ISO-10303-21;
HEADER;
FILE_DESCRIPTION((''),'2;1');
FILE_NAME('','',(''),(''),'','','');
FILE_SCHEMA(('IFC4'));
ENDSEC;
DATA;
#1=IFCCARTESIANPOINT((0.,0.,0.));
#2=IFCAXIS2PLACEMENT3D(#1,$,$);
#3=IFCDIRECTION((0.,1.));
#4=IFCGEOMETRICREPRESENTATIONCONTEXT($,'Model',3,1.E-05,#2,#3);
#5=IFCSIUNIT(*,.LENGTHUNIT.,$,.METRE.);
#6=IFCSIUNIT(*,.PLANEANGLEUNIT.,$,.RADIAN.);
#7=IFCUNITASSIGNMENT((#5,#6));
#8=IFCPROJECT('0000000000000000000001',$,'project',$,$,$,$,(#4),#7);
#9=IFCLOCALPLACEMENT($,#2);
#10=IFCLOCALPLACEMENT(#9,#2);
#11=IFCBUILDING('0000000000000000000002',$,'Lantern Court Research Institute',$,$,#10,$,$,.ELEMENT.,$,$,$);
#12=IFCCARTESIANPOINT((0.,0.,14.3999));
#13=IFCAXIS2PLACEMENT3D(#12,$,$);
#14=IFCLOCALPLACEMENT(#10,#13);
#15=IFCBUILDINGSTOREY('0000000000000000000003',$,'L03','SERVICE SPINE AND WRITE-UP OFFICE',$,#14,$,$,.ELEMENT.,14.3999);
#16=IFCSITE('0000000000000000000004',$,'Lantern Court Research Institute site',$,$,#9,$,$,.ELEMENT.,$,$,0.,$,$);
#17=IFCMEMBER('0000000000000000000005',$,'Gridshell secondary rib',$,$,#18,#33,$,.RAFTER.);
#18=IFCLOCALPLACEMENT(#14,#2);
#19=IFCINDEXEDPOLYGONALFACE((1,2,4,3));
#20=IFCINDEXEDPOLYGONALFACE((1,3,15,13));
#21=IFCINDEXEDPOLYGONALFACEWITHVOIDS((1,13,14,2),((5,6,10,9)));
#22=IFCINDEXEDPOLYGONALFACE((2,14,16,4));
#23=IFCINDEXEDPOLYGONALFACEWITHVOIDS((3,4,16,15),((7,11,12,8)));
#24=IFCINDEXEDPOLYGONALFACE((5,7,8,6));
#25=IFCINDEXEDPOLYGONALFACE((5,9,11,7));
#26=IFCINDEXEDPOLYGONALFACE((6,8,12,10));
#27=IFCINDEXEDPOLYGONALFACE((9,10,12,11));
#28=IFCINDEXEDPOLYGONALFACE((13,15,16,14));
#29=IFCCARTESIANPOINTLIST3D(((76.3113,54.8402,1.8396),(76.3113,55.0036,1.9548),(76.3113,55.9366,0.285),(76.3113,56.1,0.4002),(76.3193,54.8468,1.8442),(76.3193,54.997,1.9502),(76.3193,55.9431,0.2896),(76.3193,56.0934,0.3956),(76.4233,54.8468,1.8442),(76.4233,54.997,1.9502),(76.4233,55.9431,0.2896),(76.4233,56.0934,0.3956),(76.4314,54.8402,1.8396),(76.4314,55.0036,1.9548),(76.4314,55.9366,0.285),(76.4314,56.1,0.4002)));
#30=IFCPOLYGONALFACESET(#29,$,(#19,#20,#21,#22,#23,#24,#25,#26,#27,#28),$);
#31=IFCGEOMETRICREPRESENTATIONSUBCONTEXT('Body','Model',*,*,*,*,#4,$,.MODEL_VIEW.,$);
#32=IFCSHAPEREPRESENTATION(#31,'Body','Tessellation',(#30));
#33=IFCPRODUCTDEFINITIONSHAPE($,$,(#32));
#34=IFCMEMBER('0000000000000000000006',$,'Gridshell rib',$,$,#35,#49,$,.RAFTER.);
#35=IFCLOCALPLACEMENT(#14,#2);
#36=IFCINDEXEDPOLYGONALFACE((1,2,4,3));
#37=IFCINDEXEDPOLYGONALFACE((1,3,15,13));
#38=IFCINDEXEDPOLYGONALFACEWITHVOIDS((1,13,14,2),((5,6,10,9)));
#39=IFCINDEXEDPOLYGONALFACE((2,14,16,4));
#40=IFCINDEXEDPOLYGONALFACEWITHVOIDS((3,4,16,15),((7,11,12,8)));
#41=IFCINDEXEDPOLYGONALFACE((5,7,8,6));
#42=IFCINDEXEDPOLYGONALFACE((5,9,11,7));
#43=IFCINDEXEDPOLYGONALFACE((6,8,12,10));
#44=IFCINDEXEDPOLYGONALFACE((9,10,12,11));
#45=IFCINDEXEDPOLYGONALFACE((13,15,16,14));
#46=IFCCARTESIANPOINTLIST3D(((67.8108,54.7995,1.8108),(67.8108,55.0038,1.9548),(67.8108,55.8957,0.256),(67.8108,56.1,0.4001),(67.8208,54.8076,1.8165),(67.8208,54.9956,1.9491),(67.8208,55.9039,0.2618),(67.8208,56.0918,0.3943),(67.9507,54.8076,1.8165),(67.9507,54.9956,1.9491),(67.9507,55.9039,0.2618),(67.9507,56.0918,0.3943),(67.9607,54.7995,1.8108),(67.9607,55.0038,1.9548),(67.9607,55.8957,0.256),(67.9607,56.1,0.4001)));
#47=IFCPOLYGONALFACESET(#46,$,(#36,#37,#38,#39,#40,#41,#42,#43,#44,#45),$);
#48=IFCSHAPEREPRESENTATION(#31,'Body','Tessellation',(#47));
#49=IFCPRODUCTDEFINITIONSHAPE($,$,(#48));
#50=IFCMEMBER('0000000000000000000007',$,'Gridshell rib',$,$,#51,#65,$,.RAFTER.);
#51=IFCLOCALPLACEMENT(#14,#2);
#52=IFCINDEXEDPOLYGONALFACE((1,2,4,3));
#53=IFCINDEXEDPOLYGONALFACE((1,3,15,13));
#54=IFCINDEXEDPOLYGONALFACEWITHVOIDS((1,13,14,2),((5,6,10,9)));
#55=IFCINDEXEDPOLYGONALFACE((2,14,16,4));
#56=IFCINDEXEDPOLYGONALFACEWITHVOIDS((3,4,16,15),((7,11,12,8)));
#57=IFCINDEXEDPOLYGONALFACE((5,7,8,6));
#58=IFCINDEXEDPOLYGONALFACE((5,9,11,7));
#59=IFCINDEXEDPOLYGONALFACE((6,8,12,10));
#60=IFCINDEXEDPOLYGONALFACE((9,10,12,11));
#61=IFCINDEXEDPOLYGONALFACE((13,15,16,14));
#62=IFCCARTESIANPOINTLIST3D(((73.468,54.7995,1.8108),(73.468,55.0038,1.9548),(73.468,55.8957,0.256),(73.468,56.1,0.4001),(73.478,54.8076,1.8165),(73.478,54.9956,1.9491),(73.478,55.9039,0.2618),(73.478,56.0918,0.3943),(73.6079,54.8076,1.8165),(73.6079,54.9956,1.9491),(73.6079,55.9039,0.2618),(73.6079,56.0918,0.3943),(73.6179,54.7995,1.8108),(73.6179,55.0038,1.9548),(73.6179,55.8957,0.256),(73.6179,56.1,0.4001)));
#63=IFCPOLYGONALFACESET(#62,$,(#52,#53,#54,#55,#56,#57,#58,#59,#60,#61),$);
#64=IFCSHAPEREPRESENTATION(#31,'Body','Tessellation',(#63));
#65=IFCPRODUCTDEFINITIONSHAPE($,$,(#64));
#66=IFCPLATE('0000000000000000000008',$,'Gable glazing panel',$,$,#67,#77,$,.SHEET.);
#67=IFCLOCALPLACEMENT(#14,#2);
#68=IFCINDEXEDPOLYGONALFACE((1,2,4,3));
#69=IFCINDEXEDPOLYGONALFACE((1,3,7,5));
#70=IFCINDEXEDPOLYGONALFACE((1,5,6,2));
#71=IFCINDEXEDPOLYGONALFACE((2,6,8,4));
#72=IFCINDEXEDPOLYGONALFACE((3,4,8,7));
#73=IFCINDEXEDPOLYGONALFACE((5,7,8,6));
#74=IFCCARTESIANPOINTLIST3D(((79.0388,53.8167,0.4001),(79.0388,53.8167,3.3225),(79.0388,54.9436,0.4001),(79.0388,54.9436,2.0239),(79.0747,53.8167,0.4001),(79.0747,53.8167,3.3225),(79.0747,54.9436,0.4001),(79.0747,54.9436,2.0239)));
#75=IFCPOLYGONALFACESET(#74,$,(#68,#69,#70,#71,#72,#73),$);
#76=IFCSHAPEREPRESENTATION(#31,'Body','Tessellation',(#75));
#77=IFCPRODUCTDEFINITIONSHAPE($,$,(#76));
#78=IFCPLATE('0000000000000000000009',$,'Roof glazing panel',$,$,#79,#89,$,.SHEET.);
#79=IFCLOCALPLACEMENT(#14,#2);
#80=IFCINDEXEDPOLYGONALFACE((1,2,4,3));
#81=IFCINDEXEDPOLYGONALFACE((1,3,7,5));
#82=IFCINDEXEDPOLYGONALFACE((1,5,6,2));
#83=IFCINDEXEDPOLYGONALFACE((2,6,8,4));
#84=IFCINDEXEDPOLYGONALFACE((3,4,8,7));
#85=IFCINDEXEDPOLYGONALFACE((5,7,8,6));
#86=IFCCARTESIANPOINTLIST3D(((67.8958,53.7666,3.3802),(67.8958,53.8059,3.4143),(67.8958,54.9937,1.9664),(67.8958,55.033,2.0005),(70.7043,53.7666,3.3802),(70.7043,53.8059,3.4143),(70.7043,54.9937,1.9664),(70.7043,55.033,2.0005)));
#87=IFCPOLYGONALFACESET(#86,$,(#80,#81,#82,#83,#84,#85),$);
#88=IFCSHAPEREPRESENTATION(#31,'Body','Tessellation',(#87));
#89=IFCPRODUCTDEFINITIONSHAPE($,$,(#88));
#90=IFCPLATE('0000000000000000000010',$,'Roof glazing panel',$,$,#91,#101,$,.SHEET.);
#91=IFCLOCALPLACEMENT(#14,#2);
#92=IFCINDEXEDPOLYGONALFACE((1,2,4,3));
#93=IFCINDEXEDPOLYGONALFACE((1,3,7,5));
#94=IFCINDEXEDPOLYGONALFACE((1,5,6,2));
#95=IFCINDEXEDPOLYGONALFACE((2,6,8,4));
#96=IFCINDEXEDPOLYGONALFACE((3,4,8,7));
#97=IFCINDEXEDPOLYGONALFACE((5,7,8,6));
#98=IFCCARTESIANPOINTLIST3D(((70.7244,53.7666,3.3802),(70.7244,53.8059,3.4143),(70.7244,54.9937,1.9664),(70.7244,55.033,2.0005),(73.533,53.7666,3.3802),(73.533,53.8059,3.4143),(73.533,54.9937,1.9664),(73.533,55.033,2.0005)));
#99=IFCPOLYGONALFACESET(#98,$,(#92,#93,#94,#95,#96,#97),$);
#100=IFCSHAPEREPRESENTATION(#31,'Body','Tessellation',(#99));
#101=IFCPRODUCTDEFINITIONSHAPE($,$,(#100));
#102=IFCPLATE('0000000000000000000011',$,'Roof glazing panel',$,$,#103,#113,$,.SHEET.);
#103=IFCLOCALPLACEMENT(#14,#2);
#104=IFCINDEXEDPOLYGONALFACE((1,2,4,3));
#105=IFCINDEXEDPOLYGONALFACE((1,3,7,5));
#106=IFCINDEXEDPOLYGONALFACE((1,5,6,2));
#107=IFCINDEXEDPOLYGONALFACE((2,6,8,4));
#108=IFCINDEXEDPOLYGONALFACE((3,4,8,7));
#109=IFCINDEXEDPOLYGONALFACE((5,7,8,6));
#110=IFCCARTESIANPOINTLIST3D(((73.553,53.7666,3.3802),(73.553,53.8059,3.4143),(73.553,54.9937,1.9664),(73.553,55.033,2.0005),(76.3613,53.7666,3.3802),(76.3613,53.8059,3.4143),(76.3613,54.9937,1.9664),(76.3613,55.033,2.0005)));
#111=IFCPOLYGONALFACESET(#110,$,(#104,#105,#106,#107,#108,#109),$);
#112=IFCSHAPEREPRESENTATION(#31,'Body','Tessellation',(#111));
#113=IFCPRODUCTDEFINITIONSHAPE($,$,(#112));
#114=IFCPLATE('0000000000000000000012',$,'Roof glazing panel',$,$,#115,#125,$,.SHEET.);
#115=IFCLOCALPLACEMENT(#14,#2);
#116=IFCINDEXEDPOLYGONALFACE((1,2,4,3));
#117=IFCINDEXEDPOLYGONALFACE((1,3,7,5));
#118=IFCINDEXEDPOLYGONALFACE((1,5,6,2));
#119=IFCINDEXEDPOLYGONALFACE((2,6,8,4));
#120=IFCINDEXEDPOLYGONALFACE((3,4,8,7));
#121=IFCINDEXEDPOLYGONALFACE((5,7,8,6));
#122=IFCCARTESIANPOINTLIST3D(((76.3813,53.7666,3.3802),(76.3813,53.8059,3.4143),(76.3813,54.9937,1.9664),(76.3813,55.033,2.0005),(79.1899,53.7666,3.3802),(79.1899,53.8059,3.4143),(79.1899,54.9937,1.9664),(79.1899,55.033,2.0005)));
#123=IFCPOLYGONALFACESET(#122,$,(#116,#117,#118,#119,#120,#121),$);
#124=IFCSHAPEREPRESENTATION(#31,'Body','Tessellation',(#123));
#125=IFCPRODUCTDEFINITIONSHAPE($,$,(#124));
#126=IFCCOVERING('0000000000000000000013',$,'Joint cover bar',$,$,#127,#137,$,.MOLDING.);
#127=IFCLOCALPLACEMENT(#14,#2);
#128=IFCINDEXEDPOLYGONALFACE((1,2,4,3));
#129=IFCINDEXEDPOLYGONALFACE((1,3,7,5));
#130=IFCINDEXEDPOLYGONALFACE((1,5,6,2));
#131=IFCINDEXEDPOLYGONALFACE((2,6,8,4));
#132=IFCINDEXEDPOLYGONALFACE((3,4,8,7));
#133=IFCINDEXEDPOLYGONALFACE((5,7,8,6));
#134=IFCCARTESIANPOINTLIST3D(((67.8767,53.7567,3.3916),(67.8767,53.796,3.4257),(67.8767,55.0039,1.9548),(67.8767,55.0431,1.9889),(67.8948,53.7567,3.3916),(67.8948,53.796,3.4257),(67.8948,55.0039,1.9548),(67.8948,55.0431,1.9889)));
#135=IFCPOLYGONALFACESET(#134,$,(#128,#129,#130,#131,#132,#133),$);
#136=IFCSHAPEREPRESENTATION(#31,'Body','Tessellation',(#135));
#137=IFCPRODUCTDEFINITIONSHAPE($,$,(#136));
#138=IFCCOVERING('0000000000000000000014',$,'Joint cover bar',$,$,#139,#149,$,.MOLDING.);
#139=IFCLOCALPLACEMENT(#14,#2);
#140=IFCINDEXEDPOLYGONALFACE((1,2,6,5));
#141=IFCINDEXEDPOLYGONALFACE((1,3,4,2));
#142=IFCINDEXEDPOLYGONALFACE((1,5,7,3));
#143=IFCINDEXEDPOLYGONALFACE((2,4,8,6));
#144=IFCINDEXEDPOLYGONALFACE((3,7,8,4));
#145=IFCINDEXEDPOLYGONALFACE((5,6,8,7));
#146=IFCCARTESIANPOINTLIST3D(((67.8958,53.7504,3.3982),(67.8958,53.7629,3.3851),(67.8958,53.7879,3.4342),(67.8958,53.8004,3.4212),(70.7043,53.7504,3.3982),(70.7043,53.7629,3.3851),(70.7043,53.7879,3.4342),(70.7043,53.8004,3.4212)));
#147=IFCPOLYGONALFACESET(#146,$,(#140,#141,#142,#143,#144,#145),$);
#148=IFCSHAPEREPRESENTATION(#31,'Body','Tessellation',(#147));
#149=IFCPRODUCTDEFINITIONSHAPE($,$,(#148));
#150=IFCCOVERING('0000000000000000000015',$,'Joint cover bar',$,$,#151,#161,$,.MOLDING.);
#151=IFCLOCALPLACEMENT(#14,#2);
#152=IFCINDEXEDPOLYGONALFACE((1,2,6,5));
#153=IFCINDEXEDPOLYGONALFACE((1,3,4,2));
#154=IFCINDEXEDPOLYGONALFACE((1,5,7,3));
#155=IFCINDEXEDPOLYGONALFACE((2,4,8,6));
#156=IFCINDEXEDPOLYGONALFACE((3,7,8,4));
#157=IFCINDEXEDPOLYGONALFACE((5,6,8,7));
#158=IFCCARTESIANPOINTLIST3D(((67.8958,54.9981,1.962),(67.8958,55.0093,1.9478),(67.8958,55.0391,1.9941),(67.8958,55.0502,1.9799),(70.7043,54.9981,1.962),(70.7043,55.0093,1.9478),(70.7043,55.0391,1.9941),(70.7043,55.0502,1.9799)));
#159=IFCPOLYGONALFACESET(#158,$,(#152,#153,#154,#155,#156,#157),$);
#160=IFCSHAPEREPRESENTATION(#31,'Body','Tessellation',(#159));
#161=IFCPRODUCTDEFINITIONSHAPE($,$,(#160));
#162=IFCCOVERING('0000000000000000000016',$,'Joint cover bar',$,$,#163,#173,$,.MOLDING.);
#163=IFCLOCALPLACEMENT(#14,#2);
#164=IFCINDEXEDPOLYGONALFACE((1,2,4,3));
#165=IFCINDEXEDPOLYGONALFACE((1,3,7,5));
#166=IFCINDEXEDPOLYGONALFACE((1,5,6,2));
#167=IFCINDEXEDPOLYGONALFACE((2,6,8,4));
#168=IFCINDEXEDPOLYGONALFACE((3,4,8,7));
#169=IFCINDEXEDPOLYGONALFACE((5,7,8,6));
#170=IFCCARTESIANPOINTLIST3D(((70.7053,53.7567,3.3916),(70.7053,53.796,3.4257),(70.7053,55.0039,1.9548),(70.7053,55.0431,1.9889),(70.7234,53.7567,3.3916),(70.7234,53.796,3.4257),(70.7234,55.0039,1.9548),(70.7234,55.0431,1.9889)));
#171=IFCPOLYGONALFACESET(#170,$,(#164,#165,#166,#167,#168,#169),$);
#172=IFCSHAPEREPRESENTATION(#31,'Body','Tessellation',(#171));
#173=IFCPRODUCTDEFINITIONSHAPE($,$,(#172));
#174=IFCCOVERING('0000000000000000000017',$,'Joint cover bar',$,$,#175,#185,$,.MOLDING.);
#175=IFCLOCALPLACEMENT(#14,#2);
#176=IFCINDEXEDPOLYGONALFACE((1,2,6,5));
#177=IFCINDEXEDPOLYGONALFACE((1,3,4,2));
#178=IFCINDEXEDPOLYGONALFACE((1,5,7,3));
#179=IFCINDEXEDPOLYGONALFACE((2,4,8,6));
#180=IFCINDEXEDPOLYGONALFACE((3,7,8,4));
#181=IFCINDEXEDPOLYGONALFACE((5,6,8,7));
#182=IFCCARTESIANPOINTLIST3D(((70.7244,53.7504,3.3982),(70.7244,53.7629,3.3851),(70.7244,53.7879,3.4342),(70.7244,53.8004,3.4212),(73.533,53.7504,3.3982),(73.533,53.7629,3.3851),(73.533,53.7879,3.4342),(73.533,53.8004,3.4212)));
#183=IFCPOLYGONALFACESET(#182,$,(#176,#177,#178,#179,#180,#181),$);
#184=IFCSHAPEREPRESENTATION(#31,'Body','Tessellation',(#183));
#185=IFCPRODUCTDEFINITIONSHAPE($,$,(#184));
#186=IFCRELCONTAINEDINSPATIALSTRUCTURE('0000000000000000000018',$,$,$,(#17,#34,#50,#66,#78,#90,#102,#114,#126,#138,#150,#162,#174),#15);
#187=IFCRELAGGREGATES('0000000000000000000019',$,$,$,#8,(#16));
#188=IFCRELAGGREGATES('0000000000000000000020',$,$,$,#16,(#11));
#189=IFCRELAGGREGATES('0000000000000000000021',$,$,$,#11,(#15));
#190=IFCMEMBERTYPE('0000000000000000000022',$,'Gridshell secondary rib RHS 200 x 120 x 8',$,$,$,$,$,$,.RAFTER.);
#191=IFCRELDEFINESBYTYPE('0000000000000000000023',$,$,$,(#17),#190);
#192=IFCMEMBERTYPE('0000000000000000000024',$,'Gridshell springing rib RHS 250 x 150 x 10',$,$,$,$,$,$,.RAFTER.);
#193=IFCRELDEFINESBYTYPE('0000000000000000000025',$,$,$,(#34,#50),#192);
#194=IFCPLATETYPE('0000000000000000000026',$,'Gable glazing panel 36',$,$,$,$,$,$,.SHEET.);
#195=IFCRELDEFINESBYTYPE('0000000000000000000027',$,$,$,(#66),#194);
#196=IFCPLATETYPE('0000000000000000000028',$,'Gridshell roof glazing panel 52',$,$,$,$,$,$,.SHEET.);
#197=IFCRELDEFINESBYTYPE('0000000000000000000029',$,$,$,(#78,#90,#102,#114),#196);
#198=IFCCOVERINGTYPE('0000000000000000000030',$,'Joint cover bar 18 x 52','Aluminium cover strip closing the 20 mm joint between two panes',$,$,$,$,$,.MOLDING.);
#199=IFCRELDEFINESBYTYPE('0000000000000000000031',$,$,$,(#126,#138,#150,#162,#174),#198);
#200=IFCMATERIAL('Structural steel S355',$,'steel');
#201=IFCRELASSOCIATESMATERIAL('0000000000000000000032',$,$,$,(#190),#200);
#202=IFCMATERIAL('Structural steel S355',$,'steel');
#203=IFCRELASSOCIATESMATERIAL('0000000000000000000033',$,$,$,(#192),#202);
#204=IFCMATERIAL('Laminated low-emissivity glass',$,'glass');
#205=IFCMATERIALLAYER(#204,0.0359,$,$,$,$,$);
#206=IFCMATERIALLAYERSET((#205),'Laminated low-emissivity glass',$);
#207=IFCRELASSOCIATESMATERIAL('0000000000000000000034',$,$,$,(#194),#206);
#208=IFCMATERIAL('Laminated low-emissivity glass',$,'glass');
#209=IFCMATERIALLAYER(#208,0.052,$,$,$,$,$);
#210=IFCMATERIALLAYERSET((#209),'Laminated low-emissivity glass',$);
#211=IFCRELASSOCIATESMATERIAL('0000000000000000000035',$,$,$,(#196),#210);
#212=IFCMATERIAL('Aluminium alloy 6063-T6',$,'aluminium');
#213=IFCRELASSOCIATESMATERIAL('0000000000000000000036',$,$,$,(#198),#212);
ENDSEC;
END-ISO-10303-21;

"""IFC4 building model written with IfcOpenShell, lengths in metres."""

from ifc_helpers import new_model, si_unit, direction, frame, origin, origin_2d, place, context, subcontext, project, spatial, polyline, rectangle, hollow_rectangle, outline, extrude, material, layer, layer_set, material_profile, profile_set, type_object, element, save


model = new_model("IFC4")

# Units and contexts
model_context = context("Model", 3, precision=1e-05, world=origin(), true_north=direction((0.0, 1.0)))
body_context = subcontext(model_context, "Body", "Model", "MODEL_VIEW")
ifc_project = project(units=[si_unit("LENGTHUNIT", "METRE"), si_unit("PLANEANGLEUNIT", "RADIAN")], contexts=[model_context])

# Site, building, storey
site_placement = place(None, origin())
site = spatial("IfcSite", under=ifc_project, at=site_placement, Name="Lantern Court Research Institute site", CompositionType="ELEMENT", RefElevation=0.0)
building_placement = place(site_placement, origin())
building = spatial("IfcBuilding", under=site, at=building_placement, Name="Lantern Court Research Institute", CompositionType="ELEMENT")
storey_placement = place(building_placement, frame((0.0, 0.0, 14.3999)))
storey = spatial("IfcBuildingStorey", under=building, at=storey_placement, Name="L03", Description="SERVICE SPINE AND WRITE-UP OFFICE", CompositionType="ELEMENT", Elevation=14.3999)

# Members
ifc_material_1 = material(Name="Structural steel S355", Category="steel")
ifc_material_profile_1 = material_profile(ifc_material_1, hollow_rectangle(XDim=0.1201, YDim=0.2, WallThickness=0.0081, at=origin_2d()), Name="Gridshell secondary rib RHS 200 x 120 x 8")
ifc_profile_set_1 = profile_set([ifc_material_profile_1], Name="Structural steel S355")
member_type_1 = type_object("IfcMemberType", Name="Gridshell secondary rib RHS 200 x 120 x 8", PredefinedType="RAFTER", material=ifc_profile_set_1)
member_1_placement = place(storey_placement, frame((76.3713, 54.9219, 1.8972), z_axis=(0.0, 0.576335, -0.817213), x_axis=(-1.0, 0.0, 0.0)))
element("IfcMember", 1, at=member_1_placement, inside=storey, type_object=member_type_1, Name="Gridshell secondary rib", PredefinedType="RAFTER", context=body_context, shape_type="SweptSolid", body=[
    extrude(hollow_rectangle(XDim=0.1201, YDim=0.2, WallThickness=0.0081, at=origin_2d()), origin(), (0.0, 0.0, 1.0), 1.9023),
])
ifc_material_2 = material(Name="Structural steel S355", Category="steel")
ifc_material_profile_2 = material_profile(ifc_material_2, hollow_rectangle(XDim=0.1499, YDim=0.25, WallThickness=0.01, at=origin_2d()), Name="Gridshell springing rib RHS 250 x 150 x 10")
ifc_profile_set_2 = profile_set([ifc_material_profile_2], Name="Structural steel S355")
member_type_2 = type_object("IfcMemberType", Name="Gridshell springing rib RHS 250 x 150 x 10", PredefinedType="RAFTER", material=ifc_profile_set_2)
for number, where, z_axis, x_axis, name in (
    (2, (67.8857, 54.9016, 1.8828), (0.0, 0.57625, -0.817274), (-1.0, 0.0, 0.0), "Gridshell rib"),
    (3, (73.543, 54.9016, 1.8828), (0.0, 0.57625, -0.817274), (-1.0, 0.0, 0.0), "Gridshell rib"),
):
    element("IfcMember", number, at=place(storey_placement, frame(where, z_axis=z_axis, x_axis=x_axis)), inside=storey, type_object=member_type_2, Name=name, PredefinedType="RAFTER", context=body_context, shape_type="SweptSolid", body=[
        extrude(hollow_rectangle(XDim=0.1499, YDim=0.25, WallThickness=0.01, at=origin_2d()), origin(), (0.0, 0.0, 1.0), 1.9023),
    ])

# Plates
ifc_material_3 = material(Name="Laminated low-emissivity glass", Category="glass")
ifc_layer_1 = layer(ifc_material_3, 0.0359)
ifc_layer_set_1 = layer_set([ifc_layer_1], Name="Laminated low-emissivity glass")
plate_type_1 = type_object("IfcPlateType", Name="Gable glazing panel 36", PredefinedType="SHEET", material=ifc_layer_set_1)
plate_1_placement = place(storey_placement, frame((79.0569, 53.8167, 0.4001), z_axis=(0.0, 0.0, 1.0), x_axis=(0.0, 1.0, 0.0)))
element("IfcPlate", 4, at=plate_1_placement, inside=storey, type_object=plate_type_1, Name="Gable glazing panel", PredefinedType="SHEET", context=body_context, shape_type="SweptSolid", body=[
    extrude(outline(polyline([(0.0, 0.0), (1.127, 0.0), (1.127, 1.6238), (0.0, 2.9224), (0.0, 0.0)])), frame((0.0, 0.0181, 0.0), z_axis=(0.0, -1.0, 0.0), x_axis=(1.0, 0.0, 0.0)), (0.0, 0.0, 1.0), 0.0359),
])
ifc_material_4 = material(Name="Laminated low-emissivity glass", Category="glass")
ifc_layer_2 = layer(ifc_material_4, 0.052)
ifc_layer_set_2 = layer_set([ifc_layer_2], Name="Laminated low-emissivity glass")
plate_type_2 = type_object("IfcPlateType", Name="Gridshell roof glazing panel 52", PredefinedType="SHEET", material=ifc_layer_set_2)
for number, where, z_axis, x_axis, name in (
    (5, (70.7043, 53.8059, 3.4143), (0.0, 0.755228, 0.655462), (-1.0, 0.0, 0.0), "Roof glazing panel"),
    (6, (73.533, 53.8059, 3.4143), (0.0, 0.755228, 0.655462), (-1.0, 0.0, 0.0), "Roof glazing panel"),
):
    element("IfcPlate", number, at=place(storey_placement, frame(where, z_axis=z_axis, x_axis=x_axis)), inside=storey, type_object=plate_type_2, Name=name, PredefinedType="SHEET", context=body_context, shape_type="SweptSolid", body=[
        extrude(outline(polyline([(0.0, 0.0), (2.8086, 0.0), (2.8086, -1.872), (0.0, -1.872), (0.0, 0.0)])), origin(), (0.0, 0.0, -1.0), 0.052),
    ])
plate_2_placement = place(storey_placement, frame((76.3613, 53.8059, 3.4143), z_axis=(0.0, 0.755228, 0.655462), x_axis=(-1.0, 0.0, 0.0)))
element("IfcPlate", 7, at=plate_2_placement, inside=storey, type_object=plate_type_2, Name="Roof glazing panel", PredefinedType="SHEET", context=body_context, shape_type="SweptSolid", body=[
    extrude(outline(polyline([(0.0, 0.0), (2.8083, 0.0), (2.8083, -1.872), (0.0, -1.872), (0.0, 0.0)])), origin(), (0.0, 0.0, -1.0), 0.052),
])
plate_3_placement = place(storey_placement, frame((79.1899, 53.8059, 3.4143), z_axis=(0.0, 0.755228, 0.655462), x_axis=(-1.0, 0.0, 0.0)))
element("IfcPlate", 8, at=plate_3_placement, inside=storey, type_object=plate_type_2, Name="Roof glazing panel", PredefinedType="SHEET", context=body_context, shape_type="SweptSolid", body=[
    extrude(outline(polyline([(0.0, 0.0), (2.8086, 0.0), (2.8086, -1.872), (0.0, -1.872), (0.0, 0.0)])), origin(), (0.0, 0.0, -1.0), 0.052),
])

# Coverings
ifc_material_5 = material(Name="Aluminium alloy 6063-T6", Category="aluminium")
ifc_material_profile_3 = material_profile(ifc_material_5, rectangle(XDim=0.0181, YDim=0.052, at=origin_2d()), Name="Joint cover bar 18 x 52")
ifc_profile_set_3 = profile_set([ifc_material_profile_3], Name="Aluminium alloy 6063-T6")
covering_type = type_object("IfcCoveringType", Name="Joint cover bar 18 x 52", Description="Aluminium cover strip closing the 20 mm joint between two panes", PredefinedType="MOLDING", material=ifc_profile_set_3)
covering_1_placement = place(storey_placement, frame((67.8857, 53.7764, 3.4087), z_axis=(0.0, 0.655492, -0.755202), x_axis=(-1.0, 0.0, 0.0)))
element("IfcCovering", 9, at=covering_1_placement, inside=storey, type_object=covering_type, Name="Joint cover bar", PredefinedType="MOLDING", context=body_context, shape_type="SweptSolid", body=[
    extrude(rectangle(XDim=0.0181, YDim=0.052, at=origin_2d()), origin(), (0.0, 0.0, 1.0), 1.9026),
])
for number, where, z_axis, x_axis, name in (
    (10, (67.8958, 53.7754, 3.4097), (1.0, 0.0, 0.0), (0.0, 0.692674, -0.721251), "Joint cover bar"),
    (11, (67.8958, 55.0242, 1.9709), (1.0, 0.0, 0.0), (0.0, 0.616657, -0.787232), "Joint cover bar"),
):
    element("IfcCovering", number, at=place(storey_placement, frame(where, z_axis=z_axis, x_axis=x_axis)), inside=storey, type_object=covering_type, Name=name, PredefinedType="MOLDING", context=body_context, shape_type="SweptSolid", body=[
        extrude(rectangle(XDim=0.0181, YDim=0.052, at=origin_2d()), origin(), (0.0, 0.0, 1.0), 2.8086),
    ])
covering_2_placement = place(storey_placement, frame((70.7144, 53.7764, 3.4087), z_axis=(0.0, 0.655492, -0.755202), x_axis=(-1.0, 0.0, 0.0)))
element("IfcCovering", 12, at=covering_2_placement, inside=storey, type_object=covering_type, Name="Joint cover bar", PredefinedType="MOLDING", context=body_context, shape_type="SweptSolid", body=[
    extrude(rectangle(XDim=0.0181, YDim=0.052, at=origin_2d()), origin(), (0.0, 0.0, 1.0), 1.9026),
])
for number, where, z_axis, x_axis, name in (
    (13, (70.7244, 53.7754, 3.4097), (1.0, 0.0, 0.0), (0.0, 0.692674, -0.721251), "Joint cover bar"),
):
    element("IfcCovering", number, at=place(storey_placement, frame(where, z_axis=z_axis, x_axis=x_axis)), inside=storey, type_object=covering_type, Name=name, PredefinedType="MOLDING", context=body_context, shape_type="SweptSolid", body=[
        extrude(rectangle(XDim=0.0181, YDim=0.052, at=origin_2d()), origin(), (0.0, 0.0, 1.0), 2.8086),
    ])

save(model, "model.ifc")
